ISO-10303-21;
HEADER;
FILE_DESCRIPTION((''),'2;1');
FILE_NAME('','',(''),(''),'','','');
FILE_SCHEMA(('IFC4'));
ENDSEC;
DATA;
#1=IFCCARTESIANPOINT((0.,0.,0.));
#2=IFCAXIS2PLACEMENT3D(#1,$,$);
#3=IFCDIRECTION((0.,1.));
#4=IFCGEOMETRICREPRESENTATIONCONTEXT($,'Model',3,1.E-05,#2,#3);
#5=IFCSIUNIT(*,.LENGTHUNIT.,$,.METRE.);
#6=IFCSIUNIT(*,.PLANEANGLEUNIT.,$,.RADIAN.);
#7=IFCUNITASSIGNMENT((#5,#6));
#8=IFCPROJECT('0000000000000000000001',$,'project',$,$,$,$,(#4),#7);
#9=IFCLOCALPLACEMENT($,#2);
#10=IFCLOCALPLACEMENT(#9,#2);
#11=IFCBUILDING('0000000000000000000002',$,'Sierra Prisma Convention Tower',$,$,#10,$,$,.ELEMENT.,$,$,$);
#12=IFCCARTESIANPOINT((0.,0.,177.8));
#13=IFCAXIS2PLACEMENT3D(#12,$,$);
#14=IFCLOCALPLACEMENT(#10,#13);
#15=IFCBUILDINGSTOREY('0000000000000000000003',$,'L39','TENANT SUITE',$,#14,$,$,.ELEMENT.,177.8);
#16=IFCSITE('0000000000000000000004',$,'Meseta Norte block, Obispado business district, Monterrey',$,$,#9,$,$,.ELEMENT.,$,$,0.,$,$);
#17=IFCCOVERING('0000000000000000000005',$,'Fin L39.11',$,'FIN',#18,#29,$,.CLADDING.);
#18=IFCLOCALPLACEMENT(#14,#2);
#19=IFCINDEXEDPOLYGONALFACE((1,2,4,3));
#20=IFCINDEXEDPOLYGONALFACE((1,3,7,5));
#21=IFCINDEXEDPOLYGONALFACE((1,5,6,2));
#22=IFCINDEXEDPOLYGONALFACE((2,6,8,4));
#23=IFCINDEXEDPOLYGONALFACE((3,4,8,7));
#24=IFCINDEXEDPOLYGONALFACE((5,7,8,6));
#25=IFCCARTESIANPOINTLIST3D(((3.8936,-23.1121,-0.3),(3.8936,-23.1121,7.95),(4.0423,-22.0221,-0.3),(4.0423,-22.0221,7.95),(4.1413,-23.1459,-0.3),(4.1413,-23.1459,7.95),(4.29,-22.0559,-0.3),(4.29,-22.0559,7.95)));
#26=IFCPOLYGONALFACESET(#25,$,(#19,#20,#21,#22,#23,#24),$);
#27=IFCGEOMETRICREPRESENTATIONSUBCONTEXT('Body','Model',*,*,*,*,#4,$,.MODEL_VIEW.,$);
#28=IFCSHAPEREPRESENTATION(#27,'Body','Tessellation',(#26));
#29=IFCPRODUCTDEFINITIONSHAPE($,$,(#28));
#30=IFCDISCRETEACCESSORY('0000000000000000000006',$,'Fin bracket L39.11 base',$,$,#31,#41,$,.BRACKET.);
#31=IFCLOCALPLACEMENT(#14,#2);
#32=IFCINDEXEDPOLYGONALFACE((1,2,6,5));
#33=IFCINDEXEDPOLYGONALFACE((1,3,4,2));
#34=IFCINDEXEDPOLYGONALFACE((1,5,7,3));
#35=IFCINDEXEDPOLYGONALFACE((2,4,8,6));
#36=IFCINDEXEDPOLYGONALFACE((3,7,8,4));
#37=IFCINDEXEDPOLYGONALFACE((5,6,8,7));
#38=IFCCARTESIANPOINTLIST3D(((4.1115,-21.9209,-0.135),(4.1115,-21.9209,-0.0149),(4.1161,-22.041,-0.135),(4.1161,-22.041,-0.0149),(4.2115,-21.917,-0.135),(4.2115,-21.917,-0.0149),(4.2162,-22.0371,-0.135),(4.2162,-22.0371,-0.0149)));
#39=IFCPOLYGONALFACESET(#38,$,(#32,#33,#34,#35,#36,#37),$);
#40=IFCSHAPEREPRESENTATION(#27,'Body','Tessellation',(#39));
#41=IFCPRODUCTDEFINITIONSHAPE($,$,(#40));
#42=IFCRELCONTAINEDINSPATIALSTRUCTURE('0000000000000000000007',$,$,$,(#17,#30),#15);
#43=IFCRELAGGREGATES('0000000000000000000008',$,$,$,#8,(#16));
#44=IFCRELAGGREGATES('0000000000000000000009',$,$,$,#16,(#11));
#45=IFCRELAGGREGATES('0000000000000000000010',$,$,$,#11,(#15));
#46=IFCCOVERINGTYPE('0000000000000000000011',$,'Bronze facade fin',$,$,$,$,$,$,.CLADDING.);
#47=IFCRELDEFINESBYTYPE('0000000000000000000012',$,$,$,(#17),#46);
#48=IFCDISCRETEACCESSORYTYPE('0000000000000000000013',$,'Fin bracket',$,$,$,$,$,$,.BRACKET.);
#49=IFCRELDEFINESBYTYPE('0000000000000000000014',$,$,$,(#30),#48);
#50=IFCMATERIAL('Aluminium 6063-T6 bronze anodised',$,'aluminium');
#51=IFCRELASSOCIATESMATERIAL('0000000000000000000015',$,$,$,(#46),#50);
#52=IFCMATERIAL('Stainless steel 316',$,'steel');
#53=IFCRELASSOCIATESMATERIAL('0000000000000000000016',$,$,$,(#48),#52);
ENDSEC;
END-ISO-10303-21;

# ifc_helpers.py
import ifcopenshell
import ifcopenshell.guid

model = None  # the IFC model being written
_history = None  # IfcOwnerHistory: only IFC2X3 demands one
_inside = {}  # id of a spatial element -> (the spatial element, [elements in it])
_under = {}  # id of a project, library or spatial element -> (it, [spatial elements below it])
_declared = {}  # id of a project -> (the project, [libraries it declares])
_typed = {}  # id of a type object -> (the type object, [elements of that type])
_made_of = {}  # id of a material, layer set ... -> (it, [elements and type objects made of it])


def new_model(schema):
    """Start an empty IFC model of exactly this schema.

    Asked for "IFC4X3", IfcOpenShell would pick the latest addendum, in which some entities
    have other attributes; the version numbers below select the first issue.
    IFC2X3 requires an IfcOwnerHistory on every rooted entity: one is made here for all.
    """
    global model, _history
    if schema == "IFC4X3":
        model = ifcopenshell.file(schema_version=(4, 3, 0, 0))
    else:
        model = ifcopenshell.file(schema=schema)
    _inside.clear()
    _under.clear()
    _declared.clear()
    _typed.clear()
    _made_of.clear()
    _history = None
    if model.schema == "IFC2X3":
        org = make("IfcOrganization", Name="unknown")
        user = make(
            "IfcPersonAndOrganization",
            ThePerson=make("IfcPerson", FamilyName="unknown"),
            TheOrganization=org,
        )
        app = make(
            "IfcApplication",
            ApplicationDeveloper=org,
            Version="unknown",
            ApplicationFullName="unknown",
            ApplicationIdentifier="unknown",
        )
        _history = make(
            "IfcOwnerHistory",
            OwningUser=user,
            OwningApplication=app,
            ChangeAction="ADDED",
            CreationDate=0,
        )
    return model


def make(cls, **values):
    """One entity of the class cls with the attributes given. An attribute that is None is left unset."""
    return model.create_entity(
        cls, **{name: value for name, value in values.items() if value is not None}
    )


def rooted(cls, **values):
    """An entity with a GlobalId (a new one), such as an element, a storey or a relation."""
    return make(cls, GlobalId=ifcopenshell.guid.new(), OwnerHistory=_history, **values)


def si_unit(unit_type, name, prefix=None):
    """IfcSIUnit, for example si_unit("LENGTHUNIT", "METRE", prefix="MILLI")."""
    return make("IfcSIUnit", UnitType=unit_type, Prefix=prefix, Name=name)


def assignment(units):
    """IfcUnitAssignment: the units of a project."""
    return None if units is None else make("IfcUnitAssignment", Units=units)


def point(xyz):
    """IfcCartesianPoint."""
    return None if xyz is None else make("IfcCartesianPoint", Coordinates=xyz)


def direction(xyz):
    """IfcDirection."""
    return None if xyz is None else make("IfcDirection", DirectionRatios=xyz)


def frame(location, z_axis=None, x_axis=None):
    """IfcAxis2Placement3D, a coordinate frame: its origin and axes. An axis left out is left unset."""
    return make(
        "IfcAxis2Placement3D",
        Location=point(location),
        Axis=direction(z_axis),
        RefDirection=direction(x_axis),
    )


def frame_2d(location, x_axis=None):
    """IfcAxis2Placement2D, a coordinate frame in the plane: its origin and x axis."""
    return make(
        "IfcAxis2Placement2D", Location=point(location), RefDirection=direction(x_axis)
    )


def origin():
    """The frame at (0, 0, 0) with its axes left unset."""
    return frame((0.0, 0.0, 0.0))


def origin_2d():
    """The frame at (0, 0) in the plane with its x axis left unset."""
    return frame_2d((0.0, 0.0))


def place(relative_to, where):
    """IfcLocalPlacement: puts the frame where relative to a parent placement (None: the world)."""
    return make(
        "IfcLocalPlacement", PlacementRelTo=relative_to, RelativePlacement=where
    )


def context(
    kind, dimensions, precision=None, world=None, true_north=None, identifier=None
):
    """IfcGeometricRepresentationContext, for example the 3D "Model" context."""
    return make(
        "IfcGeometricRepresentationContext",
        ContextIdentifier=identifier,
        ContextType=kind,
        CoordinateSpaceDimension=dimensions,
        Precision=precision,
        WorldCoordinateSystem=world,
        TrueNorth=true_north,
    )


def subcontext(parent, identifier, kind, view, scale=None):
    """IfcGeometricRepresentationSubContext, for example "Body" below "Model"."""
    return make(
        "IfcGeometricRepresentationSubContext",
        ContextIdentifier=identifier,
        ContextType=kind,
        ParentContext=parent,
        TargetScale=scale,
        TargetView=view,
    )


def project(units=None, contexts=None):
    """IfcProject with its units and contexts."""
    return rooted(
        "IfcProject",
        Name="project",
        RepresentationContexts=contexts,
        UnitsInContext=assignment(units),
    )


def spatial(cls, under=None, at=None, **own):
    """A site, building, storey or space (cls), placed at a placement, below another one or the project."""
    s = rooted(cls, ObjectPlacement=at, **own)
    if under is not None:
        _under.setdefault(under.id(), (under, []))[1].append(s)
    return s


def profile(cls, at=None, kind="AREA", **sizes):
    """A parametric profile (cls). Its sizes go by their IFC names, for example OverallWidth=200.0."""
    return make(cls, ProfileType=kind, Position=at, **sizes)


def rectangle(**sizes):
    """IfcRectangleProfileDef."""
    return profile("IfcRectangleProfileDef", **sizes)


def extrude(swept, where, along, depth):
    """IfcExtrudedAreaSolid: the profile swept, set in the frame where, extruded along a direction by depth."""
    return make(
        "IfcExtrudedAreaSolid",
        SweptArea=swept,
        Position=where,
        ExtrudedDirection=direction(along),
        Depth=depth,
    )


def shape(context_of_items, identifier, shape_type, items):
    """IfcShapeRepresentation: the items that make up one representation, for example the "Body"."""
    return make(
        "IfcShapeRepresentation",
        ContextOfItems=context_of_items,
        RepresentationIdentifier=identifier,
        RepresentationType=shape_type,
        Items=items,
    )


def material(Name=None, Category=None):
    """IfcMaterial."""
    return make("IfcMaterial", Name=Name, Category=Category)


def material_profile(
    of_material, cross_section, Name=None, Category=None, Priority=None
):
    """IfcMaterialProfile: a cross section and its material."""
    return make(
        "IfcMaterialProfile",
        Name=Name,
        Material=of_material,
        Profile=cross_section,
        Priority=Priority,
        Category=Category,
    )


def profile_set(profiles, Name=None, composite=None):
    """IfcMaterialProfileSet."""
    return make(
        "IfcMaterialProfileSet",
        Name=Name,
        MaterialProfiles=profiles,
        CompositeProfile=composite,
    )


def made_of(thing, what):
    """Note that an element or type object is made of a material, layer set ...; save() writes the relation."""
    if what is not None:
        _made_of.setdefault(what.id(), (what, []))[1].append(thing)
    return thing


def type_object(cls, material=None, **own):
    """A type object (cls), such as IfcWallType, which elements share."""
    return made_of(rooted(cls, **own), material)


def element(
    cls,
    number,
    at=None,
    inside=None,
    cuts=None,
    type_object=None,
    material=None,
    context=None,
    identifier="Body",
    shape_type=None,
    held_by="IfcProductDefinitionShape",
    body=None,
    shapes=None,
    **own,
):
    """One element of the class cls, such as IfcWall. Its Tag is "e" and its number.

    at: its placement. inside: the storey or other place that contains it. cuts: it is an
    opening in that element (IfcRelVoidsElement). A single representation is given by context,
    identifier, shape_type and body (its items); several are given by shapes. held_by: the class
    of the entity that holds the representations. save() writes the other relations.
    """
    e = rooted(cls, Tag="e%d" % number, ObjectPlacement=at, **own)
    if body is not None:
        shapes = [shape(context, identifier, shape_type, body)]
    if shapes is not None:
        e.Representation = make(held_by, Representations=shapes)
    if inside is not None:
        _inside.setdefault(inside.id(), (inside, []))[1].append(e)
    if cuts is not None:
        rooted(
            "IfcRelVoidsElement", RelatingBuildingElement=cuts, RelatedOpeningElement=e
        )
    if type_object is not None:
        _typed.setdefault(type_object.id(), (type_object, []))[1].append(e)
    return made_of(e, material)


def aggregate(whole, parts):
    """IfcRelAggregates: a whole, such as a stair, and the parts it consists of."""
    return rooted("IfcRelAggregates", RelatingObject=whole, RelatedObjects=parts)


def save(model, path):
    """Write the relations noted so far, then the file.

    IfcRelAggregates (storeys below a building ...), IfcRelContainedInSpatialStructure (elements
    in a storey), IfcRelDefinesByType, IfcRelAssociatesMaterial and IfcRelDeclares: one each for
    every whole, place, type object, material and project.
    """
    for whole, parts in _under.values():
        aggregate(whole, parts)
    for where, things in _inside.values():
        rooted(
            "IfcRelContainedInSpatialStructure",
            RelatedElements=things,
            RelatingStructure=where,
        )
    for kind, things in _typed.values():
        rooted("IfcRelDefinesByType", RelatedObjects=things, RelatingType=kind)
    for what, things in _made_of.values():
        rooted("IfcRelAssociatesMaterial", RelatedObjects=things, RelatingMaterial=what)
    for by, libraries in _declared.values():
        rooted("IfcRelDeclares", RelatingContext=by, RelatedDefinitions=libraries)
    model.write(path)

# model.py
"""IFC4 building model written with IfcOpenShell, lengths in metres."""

from ifc_helpers import new_model, si_unit, direction, frame, origin, origin_2d, place, context, subcontext, project, spatial, rectangle, extrude, material, material_profile, profile_set, type_object, element, save


model = new_model("IFC4")

# Units and contexts
model_context = context("Model", 3, precision=1e-05, world=origin(), true_north=direction((0.0, 1.0)))
body_context = subcontext(model_context, "Body", "Model", "MODEL_VIEW")
ifc_project = project(units=[si_unit("LENGTHUNIT", "METRE"), si_unit("PLANEANGLEUNIT", "RADIAN")], contexts=[model_context])

# Site, building, storey
site_placement = place(None, origin())
site = spatial("IfcSite", under=ifc_project, at=site_placement, Name="Meseta Norte block, Obispado business district, Monterrey", CompositionType="ELEMENT", RefElevation=0.0)
building_placement = place(site_placement, origin())
building = spatial("IfcBuilding", under=site, at=building_placement, Name="Sierra Prisma Convention Tower", CompositionType="ELEMENT")
storey_placement = place(building_placement, frame((0.0, 0.0, 177.8)))
storey = spatial("IfcBuildingStorey", under=building, at=storey_placement, Name="L39", Description="TENANT SUITE", CompositionType="ELEMENT", Elevation=177.8)

# Covering
ifc_material_1 = material(Name="Aluminium 6063-T6 bronze anodised", Category="aluminium")
ifc_material_profile_1 = material_profile(ifc_material_1, rectangle(XDim=1.1001, YDim=0.25, at=origin_2d()), Name="ALU FIN 1100x250")
ifc_profile_set_1 = profile_set([ifc_material_profile_1], Name="Aluminium 6063-T6 bronze anodised")
covering_type = type_object("IfcCoveringType", Name="Bronze facade fin", PredefinedType="CLADDING", material=ifc_profile_set_1)
covering_placement = place(storey_placement, frame((4.0918, -22.584, -0.3), z_axis=(0.0, 0.0, 1.0), x_axis=(-0.13515, -0.990825, 0.0)))
element("IfcCovering", 1, at=covering_placement, inside=storey, type_object=covering_type, Name="Fin L39.11", ObjectType="FIN", PredefinedType="CLADDING", context=body_context, shape_type="SweptSolid", body=[
    extrude(rectangle(XDim=1.1001, YDim=0.25, at=origin_2d()), origin(), (0.0, 0.0, 1.0), 8.25),
])

# Discrete accessory
ifc_material_2 = material(Name="Stainless steel 316", Category="steel")
discrete_accessory_type = type_object("IfcDiscreteAccessoryType", Name="Fin bracket", PredefinedType="BRACKET", material=ifc_material_2)
discrete_accessory_placement = place(storey_placement, frame((4.1638, -21.979, -0.135), z_axis=(0.0, 0.0, 1.0), x_axis=(0.038958, -0.999241, 0.0)))
element("IfcDiscreteAccessory", 2, at=discrete_accessory_placement, inside=storey, type_object=discrete_accessory_type, Name="Fin bracket L39.11 base", PredefinedType="BRACKET", context=body_context, shape_type="SweptSolid", body=[
    extrude(rectangle(XDim=0.1201, YDim=0.1001, at=origin_2d()), origin(), (0.0, 0.0, 1.0), 0.1201),
])

save(model, "model.ifc")
